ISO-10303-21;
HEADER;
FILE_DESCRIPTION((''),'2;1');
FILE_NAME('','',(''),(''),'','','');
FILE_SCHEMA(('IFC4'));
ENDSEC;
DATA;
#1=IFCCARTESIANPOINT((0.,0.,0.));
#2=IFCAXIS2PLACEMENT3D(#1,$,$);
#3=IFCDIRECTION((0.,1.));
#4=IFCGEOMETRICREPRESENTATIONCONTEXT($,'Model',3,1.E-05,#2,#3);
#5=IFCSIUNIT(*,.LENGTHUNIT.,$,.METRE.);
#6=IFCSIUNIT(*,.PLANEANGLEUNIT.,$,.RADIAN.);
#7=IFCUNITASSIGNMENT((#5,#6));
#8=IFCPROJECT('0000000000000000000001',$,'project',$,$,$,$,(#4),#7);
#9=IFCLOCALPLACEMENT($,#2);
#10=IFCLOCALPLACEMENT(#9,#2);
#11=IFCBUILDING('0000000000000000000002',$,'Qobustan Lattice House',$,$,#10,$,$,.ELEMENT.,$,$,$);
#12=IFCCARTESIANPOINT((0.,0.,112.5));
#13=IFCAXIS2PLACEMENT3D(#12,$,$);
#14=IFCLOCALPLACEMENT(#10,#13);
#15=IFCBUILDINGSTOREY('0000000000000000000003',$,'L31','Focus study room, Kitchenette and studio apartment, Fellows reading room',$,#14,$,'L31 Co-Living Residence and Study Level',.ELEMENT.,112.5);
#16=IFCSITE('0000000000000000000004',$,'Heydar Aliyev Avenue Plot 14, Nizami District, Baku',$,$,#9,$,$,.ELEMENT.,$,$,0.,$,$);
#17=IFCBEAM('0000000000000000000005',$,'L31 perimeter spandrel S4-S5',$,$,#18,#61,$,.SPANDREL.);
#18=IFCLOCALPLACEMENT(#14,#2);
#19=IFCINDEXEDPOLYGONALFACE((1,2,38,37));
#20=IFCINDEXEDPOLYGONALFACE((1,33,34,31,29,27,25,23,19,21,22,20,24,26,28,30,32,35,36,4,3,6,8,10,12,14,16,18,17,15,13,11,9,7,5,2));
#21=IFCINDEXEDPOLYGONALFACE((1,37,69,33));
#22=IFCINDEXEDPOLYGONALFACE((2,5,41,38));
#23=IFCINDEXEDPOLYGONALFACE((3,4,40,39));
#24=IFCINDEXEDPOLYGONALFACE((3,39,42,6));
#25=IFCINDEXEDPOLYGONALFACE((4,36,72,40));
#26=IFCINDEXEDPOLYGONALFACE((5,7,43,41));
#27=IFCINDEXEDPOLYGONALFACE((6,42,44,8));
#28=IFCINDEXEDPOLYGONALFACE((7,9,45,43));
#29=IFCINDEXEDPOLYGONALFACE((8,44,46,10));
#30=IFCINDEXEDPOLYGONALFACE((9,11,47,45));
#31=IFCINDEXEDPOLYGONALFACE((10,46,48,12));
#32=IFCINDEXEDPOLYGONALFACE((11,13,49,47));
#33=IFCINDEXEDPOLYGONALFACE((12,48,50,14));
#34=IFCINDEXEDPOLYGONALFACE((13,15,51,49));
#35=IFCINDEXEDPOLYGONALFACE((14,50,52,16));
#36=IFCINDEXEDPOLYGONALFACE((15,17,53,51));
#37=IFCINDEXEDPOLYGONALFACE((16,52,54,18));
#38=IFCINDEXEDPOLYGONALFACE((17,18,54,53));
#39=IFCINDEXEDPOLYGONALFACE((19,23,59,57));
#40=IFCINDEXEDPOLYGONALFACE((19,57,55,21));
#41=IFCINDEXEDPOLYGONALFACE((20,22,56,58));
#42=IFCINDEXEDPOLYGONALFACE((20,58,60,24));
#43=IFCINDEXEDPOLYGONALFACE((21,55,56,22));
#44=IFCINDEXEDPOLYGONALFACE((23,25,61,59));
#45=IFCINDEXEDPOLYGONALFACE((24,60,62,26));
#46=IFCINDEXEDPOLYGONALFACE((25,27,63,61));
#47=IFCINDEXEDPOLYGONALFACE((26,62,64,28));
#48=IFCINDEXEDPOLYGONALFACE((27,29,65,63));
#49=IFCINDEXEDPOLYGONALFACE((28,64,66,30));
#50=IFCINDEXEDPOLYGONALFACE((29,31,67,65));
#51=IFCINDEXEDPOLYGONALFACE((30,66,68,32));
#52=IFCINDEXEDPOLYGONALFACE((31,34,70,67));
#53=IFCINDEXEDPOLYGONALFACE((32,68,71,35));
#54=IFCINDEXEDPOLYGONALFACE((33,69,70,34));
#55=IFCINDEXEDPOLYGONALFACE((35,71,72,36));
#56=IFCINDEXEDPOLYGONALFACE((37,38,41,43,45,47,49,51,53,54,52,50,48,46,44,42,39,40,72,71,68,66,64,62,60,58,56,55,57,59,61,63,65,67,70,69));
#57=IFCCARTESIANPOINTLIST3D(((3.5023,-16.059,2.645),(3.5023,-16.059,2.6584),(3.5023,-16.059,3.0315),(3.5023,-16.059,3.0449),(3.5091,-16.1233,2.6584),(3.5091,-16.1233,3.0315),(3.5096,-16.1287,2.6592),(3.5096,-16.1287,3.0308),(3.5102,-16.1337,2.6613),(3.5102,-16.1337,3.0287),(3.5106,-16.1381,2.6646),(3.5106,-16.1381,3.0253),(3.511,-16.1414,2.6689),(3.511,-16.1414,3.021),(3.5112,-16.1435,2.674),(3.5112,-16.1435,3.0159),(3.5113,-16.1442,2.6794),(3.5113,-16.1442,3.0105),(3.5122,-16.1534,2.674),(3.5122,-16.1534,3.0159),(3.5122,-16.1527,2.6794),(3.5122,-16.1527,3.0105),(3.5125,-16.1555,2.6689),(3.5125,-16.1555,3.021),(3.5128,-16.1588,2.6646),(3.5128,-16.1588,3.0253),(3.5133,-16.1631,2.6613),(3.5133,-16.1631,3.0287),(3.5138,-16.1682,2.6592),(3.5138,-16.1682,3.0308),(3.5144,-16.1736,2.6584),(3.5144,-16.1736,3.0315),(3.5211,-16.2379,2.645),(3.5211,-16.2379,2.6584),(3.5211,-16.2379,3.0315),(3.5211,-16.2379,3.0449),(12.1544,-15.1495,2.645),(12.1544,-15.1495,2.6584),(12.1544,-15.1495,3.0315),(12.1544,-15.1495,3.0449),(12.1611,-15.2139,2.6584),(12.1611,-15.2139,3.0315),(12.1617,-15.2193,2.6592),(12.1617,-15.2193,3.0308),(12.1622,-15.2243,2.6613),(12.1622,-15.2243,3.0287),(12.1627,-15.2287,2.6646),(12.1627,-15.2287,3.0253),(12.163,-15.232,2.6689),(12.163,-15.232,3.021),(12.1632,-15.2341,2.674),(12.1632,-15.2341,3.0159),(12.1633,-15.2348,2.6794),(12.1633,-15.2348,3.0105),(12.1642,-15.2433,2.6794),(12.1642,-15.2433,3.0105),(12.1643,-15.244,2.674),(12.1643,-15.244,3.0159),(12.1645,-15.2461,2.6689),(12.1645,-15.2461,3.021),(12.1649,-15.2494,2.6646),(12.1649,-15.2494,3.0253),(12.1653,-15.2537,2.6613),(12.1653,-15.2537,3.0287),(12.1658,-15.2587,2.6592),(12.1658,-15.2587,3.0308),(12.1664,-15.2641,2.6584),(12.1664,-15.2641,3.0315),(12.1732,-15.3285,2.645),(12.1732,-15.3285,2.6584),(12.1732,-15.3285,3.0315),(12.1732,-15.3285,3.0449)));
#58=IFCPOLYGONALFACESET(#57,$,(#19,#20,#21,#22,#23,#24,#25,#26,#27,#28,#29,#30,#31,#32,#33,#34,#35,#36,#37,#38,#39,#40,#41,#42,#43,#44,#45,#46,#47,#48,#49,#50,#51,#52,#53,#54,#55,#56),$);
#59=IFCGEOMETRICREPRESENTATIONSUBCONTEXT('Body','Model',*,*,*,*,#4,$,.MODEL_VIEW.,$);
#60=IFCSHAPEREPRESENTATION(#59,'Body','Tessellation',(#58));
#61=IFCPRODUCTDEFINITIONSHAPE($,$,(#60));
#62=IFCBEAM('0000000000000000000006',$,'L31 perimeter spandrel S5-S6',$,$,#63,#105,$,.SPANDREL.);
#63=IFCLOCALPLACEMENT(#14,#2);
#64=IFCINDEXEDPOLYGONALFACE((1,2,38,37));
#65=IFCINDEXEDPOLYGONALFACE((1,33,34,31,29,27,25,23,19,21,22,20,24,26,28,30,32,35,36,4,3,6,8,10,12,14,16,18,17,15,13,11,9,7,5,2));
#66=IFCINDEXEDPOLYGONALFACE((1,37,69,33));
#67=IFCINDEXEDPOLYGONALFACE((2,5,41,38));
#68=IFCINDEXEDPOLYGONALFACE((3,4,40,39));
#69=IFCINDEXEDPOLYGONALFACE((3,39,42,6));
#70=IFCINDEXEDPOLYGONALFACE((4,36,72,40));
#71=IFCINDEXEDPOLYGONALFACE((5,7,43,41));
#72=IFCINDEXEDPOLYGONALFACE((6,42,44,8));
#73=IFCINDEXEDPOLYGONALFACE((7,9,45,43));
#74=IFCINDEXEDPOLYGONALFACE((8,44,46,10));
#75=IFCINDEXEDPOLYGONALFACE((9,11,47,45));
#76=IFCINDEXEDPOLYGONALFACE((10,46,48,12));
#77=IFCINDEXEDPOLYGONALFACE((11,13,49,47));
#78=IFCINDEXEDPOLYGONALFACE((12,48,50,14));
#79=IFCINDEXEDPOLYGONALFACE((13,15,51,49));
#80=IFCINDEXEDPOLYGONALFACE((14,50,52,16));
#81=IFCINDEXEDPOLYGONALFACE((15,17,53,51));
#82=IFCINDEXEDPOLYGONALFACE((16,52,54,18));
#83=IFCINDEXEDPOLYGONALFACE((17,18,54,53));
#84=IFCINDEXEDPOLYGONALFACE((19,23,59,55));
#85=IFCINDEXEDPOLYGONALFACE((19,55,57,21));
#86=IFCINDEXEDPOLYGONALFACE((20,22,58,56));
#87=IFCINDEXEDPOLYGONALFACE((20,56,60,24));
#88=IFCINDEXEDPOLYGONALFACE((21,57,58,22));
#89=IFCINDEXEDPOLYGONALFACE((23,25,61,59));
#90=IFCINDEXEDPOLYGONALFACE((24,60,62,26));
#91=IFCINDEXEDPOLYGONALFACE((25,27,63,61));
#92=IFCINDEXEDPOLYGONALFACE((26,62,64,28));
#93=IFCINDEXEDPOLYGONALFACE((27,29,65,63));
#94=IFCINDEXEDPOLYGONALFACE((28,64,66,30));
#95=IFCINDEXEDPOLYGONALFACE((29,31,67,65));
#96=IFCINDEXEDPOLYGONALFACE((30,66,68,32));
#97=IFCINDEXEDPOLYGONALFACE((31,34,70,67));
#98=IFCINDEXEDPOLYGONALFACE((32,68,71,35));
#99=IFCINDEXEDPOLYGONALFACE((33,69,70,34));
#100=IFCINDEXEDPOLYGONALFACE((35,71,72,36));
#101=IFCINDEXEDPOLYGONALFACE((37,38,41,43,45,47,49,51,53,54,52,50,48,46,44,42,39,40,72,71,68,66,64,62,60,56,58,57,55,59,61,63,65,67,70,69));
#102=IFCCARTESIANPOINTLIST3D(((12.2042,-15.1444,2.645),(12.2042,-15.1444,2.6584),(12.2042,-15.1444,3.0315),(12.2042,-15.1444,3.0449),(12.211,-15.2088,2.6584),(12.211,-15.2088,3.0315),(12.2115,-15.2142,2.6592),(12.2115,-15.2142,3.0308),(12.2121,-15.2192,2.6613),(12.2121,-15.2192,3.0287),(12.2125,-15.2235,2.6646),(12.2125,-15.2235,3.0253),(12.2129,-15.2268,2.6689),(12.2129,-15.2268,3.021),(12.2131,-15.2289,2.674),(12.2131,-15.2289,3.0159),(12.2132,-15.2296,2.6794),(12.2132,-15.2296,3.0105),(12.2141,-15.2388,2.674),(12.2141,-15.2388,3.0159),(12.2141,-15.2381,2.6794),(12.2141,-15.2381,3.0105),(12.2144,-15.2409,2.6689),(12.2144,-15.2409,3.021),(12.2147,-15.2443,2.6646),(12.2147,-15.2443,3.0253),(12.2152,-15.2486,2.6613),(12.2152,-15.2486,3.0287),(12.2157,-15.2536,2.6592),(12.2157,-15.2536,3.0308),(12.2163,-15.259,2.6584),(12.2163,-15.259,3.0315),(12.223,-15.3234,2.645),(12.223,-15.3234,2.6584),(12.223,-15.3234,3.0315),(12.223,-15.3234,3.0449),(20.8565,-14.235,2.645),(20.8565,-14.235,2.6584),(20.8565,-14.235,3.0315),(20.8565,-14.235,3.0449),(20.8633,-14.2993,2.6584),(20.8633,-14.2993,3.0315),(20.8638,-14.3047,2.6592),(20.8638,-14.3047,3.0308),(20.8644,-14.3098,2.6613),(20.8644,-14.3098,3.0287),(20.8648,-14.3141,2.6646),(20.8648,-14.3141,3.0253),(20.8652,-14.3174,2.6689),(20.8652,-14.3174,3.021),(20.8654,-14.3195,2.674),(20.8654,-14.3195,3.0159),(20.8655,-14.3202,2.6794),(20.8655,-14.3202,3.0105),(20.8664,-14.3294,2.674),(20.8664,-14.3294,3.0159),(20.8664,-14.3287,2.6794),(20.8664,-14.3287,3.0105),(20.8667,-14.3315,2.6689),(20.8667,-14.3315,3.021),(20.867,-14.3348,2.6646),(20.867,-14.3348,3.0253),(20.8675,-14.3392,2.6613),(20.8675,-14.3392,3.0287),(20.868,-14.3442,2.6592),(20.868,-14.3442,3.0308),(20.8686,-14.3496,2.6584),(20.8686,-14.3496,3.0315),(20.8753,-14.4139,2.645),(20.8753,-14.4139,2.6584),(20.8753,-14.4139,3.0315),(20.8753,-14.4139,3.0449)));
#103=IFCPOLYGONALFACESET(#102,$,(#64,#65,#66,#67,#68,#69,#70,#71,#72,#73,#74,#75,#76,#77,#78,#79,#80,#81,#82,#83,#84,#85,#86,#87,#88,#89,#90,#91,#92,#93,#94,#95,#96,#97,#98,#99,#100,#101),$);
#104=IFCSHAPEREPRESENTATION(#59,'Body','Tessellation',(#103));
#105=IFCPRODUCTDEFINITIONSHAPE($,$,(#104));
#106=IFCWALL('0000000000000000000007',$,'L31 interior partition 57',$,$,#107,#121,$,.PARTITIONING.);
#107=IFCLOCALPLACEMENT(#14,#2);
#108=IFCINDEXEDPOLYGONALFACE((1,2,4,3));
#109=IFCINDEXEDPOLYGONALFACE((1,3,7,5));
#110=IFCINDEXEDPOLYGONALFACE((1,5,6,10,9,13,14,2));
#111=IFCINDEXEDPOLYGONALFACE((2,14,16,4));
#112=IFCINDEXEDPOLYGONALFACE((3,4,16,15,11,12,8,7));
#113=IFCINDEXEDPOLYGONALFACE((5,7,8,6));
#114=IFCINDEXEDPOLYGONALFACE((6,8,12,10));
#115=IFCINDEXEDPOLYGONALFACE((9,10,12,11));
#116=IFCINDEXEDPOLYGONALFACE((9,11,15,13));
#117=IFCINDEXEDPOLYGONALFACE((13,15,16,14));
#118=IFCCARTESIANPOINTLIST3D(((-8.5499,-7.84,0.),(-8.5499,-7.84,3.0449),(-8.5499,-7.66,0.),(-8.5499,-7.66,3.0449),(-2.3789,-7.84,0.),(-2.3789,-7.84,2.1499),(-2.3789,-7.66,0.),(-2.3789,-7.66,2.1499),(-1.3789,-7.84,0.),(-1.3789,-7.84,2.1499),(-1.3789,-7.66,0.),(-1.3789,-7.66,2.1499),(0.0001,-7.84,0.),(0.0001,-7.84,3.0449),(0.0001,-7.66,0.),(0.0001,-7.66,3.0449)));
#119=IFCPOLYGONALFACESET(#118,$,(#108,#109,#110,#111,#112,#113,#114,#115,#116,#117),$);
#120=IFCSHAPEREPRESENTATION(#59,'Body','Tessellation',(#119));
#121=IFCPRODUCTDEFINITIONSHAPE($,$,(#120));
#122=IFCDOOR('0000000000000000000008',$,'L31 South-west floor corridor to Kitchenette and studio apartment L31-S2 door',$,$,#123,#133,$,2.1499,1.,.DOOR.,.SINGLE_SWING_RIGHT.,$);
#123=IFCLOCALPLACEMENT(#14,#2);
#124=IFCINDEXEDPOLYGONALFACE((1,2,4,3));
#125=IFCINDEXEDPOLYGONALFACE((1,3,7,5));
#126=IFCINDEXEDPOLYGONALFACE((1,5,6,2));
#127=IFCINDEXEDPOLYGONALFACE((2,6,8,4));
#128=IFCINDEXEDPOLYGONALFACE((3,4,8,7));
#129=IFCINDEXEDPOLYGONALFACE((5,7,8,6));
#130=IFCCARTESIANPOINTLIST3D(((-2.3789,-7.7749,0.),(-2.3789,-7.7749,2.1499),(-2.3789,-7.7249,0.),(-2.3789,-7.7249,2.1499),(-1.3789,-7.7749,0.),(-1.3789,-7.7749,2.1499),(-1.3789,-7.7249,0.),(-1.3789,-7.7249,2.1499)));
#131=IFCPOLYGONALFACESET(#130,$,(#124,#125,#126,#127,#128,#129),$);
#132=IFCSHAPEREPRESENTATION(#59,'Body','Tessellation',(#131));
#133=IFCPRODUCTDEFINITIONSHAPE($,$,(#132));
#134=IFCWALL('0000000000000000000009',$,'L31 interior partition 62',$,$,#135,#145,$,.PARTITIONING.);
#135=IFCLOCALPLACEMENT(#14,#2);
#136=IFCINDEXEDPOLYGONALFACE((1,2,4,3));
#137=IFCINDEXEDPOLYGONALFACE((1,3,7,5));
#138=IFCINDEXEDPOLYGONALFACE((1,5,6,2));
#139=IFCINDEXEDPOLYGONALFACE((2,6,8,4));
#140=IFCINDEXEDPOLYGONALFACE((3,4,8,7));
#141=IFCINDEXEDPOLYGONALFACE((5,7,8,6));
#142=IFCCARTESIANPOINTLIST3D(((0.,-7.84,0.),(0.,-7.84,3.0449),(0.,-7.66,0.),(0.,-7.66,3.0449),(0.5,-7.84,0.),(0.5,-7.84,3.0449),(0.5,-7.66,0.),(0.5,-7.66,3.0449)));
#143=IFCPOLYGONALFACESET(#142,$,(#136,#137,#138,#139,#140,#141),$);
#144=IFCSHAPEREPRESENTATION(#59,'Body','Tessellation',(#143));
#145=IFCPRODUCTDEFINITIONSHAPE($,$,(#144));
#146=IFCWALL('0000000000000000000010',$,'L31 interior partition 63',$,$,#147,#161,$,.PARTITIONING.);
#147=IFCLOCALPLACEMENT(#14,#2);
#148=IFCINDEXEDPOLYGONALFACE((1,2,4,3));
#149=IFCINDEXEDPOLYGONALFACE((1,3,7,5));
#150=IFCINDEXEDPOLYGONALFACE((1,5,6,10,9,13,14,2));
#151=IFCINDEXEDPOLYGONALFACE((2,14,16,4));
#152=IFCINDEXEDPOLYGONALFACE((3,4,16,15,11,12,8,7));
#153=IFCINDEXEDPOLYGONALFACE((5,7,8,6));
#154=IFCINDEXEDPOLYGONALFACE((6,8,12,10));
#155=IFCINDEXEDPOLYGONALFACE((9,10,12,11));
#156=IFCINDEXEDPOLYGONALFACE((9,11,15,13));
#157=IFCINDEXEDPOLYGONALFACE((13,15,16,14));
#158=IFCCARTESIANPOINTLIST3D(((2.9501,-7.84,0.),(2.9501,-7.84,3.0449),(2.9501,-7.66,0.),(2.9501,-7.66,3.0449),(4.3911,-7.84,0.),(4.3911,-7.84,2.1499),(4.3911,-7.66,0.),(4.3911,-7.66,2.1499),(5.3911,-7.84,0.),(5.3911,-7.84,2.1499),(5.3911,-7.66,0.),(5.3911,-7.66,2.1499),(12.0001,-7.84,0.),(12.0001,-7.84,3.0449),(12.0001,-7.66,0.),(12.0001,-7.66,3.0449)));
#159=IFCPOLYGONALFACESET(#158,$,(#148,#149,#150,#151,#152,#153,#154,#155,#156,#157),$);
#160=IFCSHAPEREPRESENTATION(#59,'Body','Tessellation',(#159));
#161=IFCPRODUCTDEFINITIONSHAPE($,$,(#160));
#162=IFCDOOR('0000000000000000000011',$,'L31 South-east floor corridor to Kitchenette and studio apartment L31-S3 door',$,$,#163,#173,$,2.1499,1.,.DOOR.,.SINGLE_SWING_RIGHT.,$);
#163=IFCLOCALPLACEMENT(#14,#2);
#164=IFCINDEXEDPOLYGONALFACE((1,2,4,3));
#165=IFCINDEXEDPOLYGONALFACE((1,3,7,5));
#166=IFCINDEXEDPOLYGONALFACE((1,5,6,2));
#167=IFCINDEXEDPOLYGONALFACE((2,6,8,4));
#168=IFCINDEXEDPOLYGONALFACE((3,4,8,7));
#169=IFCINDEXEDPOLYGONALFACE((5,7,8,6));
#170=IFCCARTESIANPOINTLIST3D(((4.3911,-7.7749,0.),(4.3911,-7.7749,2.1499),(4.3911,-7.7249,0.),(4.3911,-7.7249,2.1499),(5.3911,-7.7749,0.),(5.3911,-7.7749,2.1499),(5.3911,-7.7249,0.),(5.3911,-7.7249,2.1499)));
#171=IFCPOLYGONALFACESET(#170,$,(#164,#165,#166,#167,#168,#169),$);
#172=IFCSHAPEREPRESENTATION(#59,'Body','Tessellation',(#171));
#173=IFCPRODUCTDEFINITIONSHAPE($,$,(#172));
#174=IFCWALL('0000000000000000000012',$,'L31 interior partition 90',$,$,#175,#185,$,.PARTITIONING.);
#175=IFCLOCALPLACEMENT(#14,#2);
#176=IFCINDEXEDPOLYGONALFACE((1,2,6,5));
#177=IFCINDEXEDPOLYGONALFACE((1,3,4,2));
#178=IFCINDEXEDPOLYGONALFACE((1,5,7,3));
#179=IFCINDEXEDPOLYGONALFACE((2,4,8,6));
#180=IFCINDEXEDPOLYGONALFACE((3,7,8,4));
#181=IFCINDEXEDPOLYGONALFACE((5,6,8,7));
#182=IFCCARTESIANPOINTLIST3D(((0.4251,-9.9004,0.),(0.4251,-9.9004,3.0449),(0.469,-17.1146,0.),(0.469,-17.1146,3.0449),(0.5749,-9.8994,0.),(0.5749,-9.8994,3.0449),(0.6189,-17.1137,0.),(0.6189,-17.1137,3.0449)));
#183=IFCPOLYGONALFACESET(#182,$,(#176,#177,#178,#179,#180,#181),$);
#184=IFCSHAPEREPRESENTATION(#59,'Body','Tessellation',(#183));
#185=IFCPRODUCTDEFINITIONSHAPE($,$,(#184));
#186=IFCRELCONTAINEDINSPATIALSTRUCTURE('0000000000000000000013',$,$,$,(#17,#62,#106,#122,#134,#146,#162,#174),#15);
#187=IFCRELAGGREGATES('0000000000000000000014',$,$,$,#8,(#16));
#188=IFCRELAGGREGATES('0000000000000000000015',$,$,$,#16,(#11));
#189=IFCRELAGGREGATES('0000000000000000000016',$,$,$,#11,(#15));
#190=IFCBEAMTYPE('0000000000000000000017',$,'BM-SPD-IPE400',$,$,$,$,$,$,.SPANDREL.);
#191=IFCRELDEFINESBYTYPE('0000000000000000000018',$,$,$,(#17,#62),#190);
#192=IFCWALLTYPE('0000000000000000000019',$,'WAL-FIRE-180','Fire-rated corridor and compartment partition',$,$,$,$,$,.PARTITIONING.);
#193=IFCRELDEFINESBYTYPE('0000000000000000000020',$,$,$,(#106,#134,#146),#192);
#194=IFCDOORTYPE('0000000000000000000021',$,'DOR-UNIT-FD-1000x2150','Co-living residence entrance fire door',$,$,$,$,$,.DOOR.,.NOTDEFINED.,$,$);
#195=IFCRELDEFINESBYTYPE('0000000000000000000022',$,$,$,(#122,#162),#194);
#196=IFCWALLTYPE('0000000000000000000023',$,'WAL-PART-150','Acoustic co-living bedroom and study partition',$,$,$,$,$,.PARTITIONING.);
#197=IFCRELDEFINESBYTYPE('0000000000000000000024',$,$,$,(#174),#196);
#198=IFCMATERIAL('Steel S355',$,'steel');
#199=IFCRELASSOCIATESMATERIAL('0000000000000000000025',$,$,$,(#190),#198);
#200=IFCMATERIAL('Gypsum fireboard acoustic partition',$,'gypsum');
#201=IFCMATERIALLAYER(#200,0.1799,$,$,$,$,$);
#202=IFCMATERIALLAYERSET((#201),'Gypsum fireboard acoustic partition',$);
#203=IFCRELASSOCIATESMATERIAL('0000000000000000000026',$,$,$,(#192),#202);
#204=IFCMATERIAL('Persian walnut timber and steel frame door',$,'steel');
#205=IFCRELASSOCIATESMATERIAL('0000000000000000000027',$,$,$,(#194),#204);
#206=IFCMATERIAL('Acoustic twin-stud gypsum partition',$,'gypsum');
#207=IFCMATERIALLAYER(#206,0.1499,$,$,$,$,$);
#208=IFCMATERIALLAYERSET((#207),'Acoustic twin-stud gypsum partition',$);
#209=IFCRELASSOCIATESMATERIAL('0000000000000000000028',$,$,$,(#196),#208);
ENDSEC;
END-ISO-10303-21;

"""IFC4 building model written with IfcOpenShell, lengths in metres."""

from ifc_helpers import new_model, si_unit, direction, frame, frame_2d, origin, origin_2d, place, context, subcontext, project, spatial, rectangle, i_section, extrude, material, layer, layer_set, material_profile, profile_set, type_object, element, fill, save


model = new_model("IFC4")

# Units and contexts
model_context = context("Model", 3, precision=1e-05, world=origin(), true_north=direction((0.0, 1.0)))
body_context = subcontext(model_context, "Body", "Model", "MODEL_VIEW")
ifc_project = project(units=[si_unit("LENGTHUNIT", "METRE"), si_unit("PLANEANGLEUNIT", "RADIAN")], contexts=[model_context])

# Site, building, storey
site_placement = place(None, origin())
site = spatial("IfcSite", under=ifc_project, at=site_placement, Name="Heydar Aliyev Avenue Plot 14, Nizami District, Baku", CompositionType="ELEMENT", RefElevation=0.0)
building_placement = place(site_placement, origin())
building = spatial("IfcBuilding", under=site, at=building_placement, Name="Qobustan Lattice House", CompositionType="ELEMENT")
storey_placement = place(building_placement, frame((0.0, 0.0, 112.5)))
storey = spatial("IfcBuildingStorey", under=building, at=storey_placement, Name="L31", Description="Focus study room, Kitchenette and studio apartment, Fellows reading room", LongName="L31 Co-Living Residence and Study Level", CompositionType="ELEMENT", Elevation=112.5)

# Beams
ifc_material_1 = material(Name="Steel S355", Category="steel")
ifc_material_profile_1 = material_profile(ifc_material_1, i_section(OverallWidth=0.1799, OverallDepth=0.3999, WebThickness=0.0085, FlangeThickness=0.0134, FilletRadius=0.021, at=origin_2d()), Name="IPE400")
ifc_profile_set_1 = profile_set([ifc_material_profile_1], Name="Steel S355")
beam_type_1 = type_object("IfcBeamType", Name="BM-SPD-IPE400", PredefinedType="SPANDREL", material=ifc_profile_set_1)
beam_1_placement = place(storey_placement, frame((3.5117, -16.1484, 2.845), z_axis=(0.994521, 0.104534, 0.0), x_axis=(-0.104534, 0.994521, 0.0)))
element("IfcBeam", 1, at=beam_1_placement, inside=storey, type_object=beam_type_1, Name="L31 perimeter spandrel S4-S5", PredefinedType="SPANDREL", context=body_context, shape_type="SweptSolid", body=[
    extrude(i_section(OverallWidth=0.1799, OverallDepth=0.3999, WebThickness=0.0085, FlangeThickness=0.0134, FilletRadius=0.021, at=origin_2d()), origin(), (0.0, 0.0, 1.0), 8.6997),
])
beam_2_placement = place(storey_placement, frame((12.2136, -15.2339, 2.845), z_axis=(0.994522, 0.104531, 0.0), x_axis=(-0.104531, 0.994522, 0.0)))
element("IfcBeam", 2, at=beam_2_placement, inside=storey, type_object=beam_type_1, Name="L31 perimeter spandrel S5-S6", PredefinedType="SPANDREL", context=body_context, shape_type="SweptSolid", body=[
    extrude(i_section(OverallWidth=0.1799, OverallDepth=0.3999, WebThickness=0.0085, FlangeThickness=0.0134, FilletRadius=0.021, at=origin_2d()), origin(), (0.0, 0.0, 1.0), 8.7),
])

# Wall, opening, door
ifc_material_2 = material(Name="Gypsum fireboard acoustic partition", Category="gypsum")
ifc_layer_1 = layer(ifc_material_2, 0.1799)
ifc_layer_set_1 = layer_set([ifc_layer_1], Name="Gypsum fireboard acoustic partition")
wall_type_1 = type_object("IfcWallType", Name="WAL-FIRE-180", Description="Fire-rated corridor and compartment partition", PredefinedType="PARTITIONING", material=ifc_layer_set_1)
wall_1_placement = place(storey_placement, frame((0.0, -7.75, 0.0), z_axis=(0.0, 0.0, 1.0), x_axis=(-1.0, 0.0, 0.0)))
wall_1 = element("IfcWall", 3, at=wall_1_placement, inside=storey, type_object=wall_type_1, Name="L31 interior partition 57", PredefinedType="PARTITIONING", context=body_context, shape_type="SweptSolid", body=[
    extrude(rectangle(XDim=8.55, YDim=0.1799, at=frame_2d((4.2749, 0.0))), origin(), (0.0, 0.0, 1.0), 3.0449),
])
opening_1_placement = place(wall_1_placement, frame((1.3789, 0.0, 0.0)))
opening_1 = element("IfcOpeningElement", 4, at=opening_1_placement, cuts=wall_1, PredefinedType="OPENING", context=body_context, shape_type="SweptSolid", body=[
    extrude(rectangle(XDim=1.0, YDim=2.1499, at=frame_2d((0.5, 1.075))), frame((0.0, 0.0999, 0.0), z_axis=(0.0, -1.0, 0.0), x_axis=(1.0, 0.0, 0.0)), (0.0, 0.0, 1.0), 0.2),
])
ifc_material_3 = material(Name="Persian walnut timber and steel frame door", Category="steel")
door_type_1 = type_object("IfcDoorType", Name="DOR-UNIT-FD-1000x2150", Description="Co-living residence entrance fire door", OperationType="NOTDEFINED", PredefinedType="DOOR", material=ifc_material_3)
door_1_placement = place(opening_1_placement, origin())
door_1 = element("IfcDoor", 5, at=door_1_placement, inside=storey, type_object=door_type_1, Name="L31 South-west floor corridor to Kitchenette and studio apartment L31-S2 door", OperationType="SINGLE_SWING_RIGHT", OverallHeight=2.1499, OverallWidth=1.0, PredefinedType="DOOR", context=body_context, shape_type="SweptSolid", body=[
    extrude(rectangle(XDim=1.0, YDim=2.1499, at=frame_2d((0.5, 1.075))), frame((0.0, 0.0249, 0.0), z_axis=(0.0, -1.0, 0.0), x_axis=(1.0, 0.0, 0.0)), (0.0, 0.0, 1.0), 0.05),
])
fill(opening_1, door_1)

# Wall
wall_2_placement = place(storey_placement, frame((0.5, -7.75, 0.0), z_axis=(0.0, 0.0, 1.0), x_axis=(-1.0, 0.0, 0.0)))
element("IfcWall", 6, at=wall_2_placement, inside=storey, type_object=wall_type_1, Name="L31 interior partition 62", PredefinedType="PARTITIONING", context=body_context, shape_type="SweptSolid", body=[
    extrude(rectangle(XDim=0.5, YDim=0.1799, at=frame_2d((0.25, 0.0))), origin(), (0.0, 0.0, 1.0), 3.0449),
])

# Wall, opening, door
wall_3_placement = place(storey_placement, frame((12.0, -7.75, 0.0), z_axis=(0.0, 0.0, 1.0), x_axis=(-1.0, 0.0, 0.0)))
wall_3 = element("IfcWall", 7, at=wall_3_placement, inside=storey, type_object=wall_type_1, Name="L31 interior partition 63", PredefinedType="PARTITIONING", context=body_context, shape_type="SweptSolid", body=[
    extrude(rectangle(XDim=9.05, YDim=0.1799, at=frame_2d((4.5249, 0.0))), origin(), (0.0, 0.0, 1.0), 3.0449),
])
opening_2_placement = place(wall_3_placement, frame((6.6089, 0.0, 0.0)))
opening_2 = element("IfcOpeningElement", 8, at=opening_2_placement, cuts=wall_3, PredefinedType="OPENING", context=body_context, shape_type="SweptSolid", body=[
    extrude(rectangle(XDim=1.0, YDim=2.1499, at=frame_2d((0.5, 1.075))), frame((0.0, 0.0999, 0.0), z_axis=(0.0, -1.0, 0.0), x_axis=(1.0, 0.0, 0.0)), (0.0, 0.0, 1.0), 0.2),
])
door_2_placement = place(opening_2_placement, origin())
door_2 = element("IfcDoor", 9, at=door_2_placement, inside=storey, type_object=door_type_1, Name="L31 South-east floor corridor to Kitchenette and studio apartment L31-S3 door", OperationType="SINGLE_SWING_RIGHT", OverallHeight=2.1499, OverallWidth=1.0, PredefinedType="DOOR", context=body_context, shape_type="SweptSolid", body=[
    extrude(rectangle(XDim=1.0, YDim=2.1499, at=frame_2d((0.5, 1.075))), frame((0.0, 0.0249, 0.0), z_axis=(0.0, -1.0, 0.0), x_axis=(1.0, 0.0, 0.0)), (0.0, 0.0, 1.0), 0.05),
])
fill(opening_2, door_2)

# Wall
ifc_material_4 = material(Name="Acoustic twin-stud gypsum partition", Category="gypsum")
ifc_layer_2 = layer(ifc_material_4, 0.1499)
ifc_layer_set_2 = layer_set([ifc_layer_2], Name="Acoustic twin-stud gypsum partition")
wall_type_2 = type_object("IfcWallType", Name="WAL-PART-150", Description="Acoustic co-living bedroom and study partition", PredefinedType="PARTITIONING", material=ifc_layer_set_2)
wall_4_placement = place(storey_placement, frame((0.5, -9.8999, 0.0), z_axis=(0.0, 0.0, 1.0), x_axis=(0.006091, -0.999981, 0.0)))
element("IfcWall", 10, at=wall_4_placement, inside=storey, type_object=wall_type_2, Name="L31 interior partition 90", PredefinedType="PARTITIONING", context=body_context, shape_type="SweptSolid", body=[
    extrude(rectangle(XDim=7.2144, YDim=0.1499, at=frame_2d((3.6072, 0.0))), origin(), (0.0, 0.0, 1.0), 3.0449),
])

save(model, "model.ifc")
